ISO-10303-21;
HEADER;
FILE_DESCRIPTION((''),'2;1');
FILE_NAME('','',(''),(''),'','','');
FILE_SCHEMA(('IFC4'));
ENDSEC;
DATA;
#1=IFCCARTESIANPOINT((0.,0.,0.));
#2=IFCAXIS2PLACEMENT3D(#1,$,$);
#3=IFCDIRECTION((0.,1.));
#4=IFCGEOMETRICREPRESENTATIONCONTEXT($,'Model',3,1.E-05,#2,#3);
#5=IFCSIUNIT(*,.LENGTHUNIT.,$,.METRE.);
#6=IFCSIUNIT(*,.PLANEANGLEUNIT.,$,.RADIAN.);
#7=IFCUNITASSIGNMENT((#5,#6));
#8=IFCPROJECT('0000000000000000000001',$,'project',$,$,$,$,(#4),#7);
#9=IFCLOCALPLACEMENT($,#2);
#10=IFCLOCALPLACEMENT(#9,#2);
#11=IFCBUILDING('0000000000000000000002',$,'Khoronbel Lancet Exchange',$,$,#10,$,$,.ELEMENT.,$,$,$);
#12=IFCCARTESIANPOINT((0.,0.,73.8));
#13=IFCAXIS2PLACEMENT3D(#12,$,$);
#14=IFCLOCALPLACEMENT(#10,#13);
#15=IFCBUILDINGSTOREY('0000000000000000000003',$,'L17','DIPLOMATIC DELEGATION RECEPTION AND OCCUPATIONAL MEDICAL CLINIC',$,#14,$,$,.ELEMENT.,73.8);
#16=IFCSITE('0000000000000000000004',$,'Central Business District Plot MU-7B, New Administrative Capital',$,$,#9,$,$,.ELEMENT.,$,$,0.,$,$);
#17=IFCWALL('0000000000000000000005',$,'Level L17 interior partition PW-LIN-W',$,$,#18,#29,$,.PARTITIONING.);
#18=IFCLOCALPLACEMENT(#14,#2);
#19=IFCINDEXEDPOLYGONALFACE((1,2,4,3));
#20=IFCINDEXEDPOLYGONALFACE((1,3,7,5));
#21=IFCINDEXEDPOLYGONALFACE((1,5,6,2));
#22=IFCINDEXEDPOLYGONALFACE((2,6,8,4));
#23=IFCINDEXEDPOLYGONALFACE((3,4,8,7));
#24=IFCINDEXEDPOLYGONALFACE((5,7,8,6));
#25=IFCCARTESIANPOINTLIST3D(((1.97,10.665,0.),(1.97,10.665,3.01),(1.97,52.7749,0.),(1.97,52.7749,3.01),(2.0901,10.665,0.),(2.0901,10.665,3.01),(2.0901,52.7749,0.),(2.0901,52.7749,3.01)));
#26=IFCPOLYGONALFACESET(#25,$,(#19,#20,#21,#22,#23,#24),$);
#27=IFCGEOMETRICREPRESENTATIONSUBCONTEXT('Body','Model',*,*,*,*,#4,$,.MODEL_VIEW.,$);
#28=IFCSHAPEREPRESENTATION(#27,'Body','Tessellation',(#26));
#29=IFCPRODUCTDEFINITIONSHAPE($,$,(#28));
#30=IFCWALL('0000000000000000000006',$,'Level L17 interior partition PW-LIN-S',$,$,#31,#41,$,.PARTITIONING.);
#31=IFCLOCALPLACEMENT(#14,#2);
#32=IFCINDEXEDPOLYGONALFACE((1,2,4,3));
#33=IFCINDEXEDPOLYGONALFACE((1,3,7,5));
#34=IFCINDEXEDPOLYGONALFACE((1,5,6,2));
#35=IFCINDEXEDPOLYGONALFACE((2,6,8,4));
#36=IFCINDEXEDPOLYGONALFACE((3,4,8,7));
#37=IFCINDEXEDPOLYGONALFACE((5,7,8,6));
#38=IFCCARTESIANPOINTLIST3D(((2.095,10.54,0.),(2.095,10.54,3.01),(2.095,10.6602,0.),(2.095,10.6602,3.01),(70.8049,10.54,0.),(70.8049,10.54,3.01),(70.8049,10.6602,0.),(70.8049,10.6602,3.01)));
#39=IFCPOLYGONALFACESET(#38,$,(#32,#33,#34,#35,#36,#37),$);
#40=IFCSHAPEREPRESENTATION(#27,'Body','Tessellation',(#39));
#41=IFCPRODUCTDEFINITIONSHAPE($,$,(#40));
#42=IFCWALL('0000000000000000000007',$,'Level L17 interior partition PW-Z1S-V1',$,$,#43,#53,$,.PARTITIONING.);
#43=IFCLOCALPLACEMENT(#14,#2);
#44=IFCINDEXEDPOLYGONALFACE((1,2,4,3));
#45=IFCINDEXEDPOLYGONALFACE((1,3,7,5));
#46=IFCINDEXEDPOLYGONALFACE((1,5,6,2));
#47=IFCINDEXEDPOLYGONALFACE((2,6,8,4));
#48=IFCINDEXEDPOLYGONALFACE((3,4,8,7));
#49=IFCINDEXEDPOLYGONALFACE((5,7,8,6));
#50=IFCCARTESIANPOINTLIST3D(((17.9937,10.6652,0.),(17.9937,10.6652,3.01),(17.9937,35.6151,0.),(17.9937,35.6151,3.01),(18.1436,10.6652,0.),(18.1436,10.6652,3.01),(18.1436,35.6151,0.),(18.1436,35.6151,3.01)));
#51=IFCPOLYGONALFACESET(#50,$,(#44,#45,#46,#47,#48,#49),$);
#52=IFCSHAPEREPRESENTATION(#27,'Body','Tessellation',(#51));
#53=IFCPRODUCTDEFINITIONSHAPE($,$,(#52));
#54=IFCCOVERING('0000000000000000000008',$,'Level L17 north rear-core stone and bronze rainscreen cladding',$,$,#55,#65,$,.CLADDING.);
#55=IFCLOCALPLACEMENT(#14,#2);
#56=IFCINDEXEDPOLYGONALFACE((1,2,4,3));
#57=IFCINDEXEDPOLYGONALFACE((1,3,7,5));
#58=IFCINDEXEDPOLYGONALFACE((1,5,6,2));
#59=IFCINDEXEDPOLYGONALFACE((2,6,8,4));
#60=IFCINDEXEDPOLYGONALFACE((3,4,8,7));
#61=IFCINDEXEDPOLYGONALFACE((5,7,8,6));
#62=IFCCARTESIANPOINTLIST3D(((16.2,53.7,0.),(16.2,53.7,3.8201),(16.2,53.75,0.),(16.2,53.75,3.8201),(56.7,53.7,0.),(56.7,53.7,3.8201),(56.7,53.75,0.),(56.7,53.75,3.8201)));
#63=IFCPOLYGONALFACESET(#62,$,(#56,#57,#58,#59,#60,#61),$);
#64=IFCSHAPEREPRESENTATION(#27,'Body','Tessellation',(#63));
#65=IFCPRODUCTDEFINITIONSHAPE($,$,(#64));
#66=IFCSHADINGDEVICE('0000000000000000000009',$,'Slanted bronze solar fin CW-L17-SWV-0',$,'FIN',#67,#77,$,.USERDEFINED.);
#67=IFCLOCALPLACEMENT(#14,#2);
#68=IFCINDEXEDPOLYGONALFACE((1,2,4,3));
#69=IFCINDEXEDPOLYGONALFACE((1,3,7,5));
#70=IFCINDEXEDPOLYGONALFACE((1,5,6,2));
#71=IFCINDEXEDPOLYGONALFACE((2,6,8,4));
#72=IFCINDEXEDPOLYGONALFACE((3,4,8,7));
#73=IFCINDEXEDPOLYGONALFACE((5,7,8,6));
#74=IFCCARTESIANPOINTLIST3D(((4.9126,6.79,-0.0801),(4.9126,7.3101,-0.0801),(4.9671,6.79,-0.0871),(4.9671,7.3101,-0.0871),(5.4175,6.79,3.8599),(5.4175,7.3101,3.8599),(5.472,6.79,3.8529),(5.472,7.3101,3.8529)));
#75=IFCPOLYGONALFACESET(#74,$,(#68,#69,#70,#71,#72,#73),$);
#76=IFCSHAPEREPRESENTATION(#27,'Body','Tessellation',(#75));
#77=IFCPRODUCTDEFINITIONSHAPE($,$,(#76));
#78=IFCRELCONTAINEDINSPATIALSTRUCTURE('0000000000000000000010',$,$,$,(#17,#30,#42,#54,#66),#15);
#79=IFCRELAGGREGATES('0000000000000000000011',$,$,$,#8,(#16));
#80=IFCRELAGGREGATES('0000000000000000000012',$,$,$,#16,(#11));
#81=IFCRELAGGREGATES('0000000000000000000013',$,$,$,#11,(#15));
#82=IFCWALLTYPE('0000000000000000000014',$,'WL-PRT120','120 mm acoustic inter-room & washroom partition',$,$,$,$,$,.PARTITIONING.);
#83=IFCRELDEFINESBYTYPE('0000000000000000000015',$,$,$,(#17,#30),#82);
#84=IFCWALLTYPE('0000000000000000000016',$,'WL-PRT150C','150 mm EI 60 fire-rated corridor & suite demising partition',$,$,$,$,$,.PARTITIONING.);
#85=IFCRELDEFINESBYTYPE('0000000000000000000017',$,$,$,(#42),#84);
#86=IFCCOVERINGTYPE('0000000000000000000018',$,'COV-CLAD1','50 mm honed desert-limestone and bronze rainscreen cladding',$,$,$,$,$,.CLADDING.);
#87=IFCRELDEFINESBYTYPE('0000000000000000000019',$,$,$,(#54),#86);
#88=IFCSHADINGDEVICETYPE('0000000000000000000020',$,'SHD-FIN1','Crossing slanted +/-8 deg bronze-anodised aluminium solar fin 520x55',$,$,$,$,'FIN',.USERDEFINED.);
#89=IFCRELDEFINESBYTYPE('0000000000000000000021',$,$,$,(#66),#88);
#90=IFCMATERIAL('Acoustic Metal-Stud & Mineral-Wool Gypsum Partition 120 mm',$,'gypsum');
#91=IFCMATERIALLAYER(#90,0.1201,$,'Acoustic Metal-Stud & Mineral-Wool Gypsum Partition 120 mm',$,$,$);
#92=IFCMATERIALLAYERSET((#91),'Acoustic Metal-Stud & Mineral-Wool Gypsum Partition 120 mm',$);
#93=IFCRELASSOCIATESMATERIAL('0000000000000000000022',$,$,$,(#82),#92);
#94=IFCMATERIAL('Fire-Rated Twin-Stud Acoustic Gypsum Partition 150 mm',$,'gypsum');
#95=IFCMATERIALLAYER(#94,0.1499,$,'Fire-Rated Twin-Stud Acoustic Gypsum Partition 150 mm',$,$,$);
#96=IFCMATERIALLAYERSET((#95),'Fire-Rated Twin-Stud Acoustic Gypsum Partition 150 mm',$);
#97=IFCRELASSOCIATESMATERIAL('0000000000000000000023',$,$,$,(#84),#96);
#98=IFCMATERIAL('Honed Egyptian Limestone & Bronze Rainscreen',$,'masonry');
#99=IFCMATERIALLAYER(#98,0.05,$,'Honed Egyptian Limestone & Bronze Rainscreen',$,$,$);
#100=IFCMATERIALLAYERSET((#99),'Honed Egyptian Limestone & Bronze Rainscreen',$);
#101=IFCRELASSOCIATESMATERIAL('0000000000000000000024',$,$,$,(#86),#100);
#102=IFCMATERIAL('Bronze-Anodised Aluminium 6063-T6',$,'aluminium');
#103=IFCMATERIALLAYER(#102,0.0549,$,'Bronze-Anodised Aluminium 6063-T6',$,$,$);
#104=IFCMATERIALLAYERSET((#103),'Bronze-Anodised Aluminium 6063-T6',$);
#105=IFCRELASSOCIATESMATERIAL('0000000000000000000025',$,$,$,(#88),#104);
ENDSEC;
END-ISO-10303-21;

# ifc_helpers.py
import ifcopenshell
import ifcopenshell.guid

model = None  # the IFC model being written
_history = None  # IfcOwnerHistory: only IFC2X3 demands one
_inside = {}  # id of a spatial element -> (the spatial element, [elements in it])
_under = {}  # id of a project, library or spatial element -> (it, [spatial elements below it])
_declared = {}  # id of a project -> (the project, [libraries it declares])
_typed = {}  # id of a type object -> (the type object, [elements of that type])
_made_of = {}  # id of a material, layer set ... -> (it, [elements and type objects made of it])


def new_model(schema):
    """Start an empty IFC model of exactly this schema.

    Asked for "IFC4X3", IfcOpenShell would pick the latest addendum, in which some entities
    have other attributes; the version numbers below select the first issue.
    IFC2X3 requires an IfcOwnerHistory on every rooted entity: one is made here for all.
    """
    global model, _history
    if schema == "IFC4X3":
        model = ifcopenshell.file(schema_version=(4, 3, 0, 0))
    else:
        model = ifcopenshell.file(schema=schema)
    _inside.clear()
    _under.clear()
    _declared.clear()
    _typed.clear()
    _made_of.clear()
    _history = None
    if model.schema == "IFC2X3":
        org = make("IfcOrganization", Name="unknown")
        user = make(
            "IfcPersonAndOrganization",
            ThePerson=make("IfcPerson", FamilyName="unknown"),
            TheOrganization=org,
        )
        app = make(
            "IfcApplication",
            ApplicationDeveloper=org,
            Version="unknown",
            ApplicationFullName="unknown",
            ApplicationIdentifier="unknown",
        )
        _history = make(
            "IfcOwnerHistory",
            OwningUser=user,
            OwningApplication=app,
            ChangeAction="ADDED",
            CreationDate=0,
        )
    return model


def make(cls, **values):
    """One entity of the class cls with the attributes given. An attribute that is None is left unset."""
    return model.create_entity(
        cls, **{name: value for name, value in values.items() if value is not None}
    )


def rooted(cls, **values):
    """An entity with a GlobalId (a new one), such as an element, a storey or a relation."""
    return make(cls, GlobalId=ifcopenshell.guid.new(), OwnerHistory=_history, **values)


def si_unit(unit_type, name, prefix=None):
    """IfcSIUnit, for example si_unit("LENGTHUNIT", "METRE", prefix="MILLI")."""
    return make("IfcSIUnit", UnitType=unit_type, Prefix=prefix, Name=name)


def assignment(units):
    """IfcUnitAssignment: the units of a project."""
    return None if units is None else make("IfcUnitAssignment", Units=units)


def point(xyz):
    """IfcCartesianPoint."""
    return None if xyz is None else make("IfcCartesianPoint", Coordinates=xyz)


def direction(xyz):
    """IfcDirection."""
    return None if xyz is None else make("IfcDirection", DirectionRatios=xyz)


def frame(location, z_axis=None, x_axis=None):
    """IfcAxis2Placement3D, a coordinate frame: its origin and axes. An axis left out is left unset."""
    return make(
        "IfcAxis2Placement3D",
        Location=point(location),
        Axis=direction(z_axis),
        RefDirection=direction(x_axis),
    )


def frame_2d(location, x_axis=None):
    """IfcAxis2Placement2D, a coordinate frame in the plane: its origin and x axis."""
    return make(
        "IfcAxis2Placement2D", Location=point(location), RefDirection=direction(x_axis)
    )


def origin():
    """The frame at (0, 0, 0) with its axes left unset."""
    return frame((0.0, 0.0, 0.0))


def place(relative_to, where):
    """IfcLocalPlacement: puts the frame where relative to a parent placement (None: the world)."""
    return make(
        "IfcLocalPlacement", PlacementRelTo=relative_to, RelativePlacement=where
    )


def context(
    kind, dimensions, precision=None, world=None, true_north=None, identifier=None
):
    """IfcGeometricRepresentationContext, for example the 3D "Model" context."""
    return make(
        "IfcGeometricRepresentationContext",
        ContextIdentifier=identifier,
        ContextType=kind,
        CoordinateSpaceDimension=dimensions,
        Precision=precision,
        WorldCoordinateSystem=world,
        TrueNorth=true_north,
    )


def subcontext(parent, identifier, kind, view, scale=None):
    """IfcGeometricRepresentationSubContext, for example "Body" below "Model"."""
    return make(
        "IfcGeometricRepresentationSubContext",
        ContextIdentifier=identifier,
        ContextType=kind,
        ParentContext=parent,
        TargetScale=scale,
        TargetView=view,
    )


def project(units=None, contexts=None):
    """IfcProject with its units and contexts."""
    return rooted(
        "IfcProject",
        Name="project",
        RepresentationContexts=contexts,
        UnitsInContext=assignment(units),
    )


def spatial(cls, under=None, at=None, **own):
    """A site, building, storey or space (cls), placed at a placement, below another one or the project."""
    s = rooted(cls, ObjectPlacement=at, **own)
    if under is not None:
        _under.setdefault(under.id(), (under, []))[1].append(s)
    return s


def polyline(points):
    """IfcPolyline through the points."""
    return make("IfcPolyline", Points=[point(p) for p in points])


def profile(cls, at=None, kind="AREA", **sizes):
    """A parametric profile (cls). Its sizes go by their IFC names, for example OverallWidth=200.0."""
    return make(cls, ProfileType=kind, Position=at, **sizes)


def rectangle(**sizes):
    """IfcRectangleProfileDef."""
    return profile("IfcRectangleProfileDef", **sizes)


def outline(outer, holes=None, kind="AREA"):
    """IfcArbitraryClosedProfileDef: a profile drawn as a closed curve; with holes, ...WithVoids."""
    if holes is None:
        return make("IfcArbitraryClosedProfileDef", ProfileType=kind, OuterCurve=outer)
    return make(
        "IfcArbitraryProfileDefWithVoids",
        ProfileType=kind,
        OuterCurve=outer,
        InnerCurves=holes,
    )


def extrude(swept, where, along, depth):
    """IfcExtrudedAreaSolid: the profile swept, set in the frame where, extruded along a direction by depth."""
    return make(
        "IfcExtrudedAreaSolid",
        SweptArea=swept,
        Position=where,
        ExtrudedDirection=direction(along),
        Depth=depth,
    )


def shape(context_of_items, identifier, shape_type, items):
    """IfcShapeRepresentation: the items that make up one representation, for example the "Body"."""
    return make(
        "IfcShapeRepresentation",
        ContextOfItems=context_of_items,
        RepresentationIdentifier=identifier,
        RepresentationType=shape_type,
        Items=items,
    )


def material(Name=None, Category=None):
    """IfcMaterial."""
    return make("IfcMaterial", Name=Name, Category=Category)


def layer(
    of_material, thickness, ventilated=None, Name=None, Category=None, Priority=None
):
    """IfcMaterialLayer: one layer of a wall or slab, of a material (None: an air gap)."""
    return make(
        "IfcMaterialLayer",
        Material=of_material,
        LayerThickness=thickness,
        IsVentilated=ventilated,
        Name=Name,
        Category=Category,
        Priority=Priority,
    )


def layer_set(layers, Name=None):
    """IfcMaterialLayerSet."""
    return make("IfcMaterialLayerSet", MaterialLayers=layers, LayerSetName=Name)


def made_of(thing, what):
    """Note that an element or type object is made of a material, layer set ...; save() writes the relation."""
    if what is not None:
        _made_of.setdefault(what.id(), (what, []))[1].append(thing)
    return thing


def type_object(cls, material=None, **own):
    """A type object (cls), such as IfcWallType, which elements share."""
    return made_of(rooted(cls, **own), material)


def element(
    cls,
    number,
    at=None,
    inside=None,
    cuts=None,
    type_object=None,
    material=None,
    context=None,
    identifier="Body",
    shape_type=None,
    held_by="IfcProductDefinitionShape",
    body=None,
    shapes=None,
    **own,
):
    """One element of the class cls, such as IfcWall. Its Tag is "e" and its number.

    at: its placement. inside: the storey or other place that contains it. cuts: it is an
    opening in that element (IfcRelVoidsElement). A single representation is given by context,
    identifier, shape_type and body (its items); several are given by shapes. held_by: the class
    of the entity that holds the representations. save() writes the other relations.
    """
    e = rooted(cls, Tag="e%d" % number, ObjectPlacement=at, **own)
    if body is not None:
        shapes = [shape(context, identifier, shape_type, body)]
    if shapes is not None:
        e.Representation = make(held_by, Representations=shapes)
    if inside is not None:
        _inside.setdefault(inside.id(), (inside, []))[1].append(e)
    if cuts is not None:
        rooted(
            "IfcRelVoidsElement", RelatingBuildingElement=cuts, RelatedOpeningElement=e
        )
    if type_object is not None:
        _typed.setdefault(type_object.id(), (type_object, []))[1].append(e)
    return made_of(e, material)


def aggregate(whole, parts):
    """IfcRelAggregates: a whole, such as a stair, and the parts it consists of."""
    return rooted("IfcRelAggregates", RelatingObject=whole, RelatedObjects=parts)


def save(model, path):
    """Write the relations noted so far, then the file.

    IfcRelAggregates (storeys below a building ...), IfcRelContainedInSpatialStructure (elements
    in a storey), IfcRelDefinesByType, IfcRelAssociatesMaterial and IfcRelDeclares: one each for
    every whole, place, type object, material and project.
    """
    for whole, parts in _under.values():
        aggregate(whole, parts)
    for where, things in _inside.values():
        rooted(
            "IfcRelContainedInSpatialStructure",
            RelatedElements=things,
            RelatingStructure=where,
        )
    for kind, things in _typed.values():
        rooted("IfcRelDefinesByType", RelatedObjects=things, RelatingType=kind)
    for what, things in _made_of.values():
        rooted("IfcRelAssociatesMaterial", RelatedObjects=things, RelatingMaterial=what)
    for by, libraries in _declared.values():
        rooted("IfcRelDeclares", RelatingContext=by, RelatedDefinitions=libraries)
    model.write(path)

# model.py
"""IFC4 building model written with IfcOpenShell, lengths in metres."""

from ifc_helpers import new_model, si_unit, direction, frame, frame_2d, origin, place, context, subcontext, project, spatial, polyline, rectangle, outline, extrude, material, layer, layer_set, type_object, element, save


model = new_model("IFC4")

# Units and contexts
model_context = context("Model", 3, precision=1e-05, world=origin(), true_north=direction((0.0, 1.0)))
body_context = subcontext(model_context, "Body", "Model", "MODEL_VIEW")
ifc_project = project(units=[si_unit("LENGTHUNIT", "METRE"), si_unit("PLANEANGLEUNIT", "RADIAN")], contexts=[model_context])

# Site, building, storey
site_placement = place(None, origin())
site = spatial("IfcSite", under=ifc_project, at=site_placement, Name="Central Business District Plot MU-7B, New Administrative Capital", CompositionType="ELEMENT", RefElevation=0.0)
building_placement = place(site_placement, origin())
building = spatial("IfcBuilding", under=site, at=building_placement, Name="Khoronbel Lancet Exchange", CompositionType="ELEMENT")
storey_placement = place(building_placement, frame((0.0, 0.0, 73.8)))
storey = spatial("IfcBuildingStorey", under=building, at=storey_placement, Name="L17", Description="DIPLOMATIC DELEGATION RECEPTION AND OCCUPATIONAL MEDICAL CLINIC", CompositionType="ELEMENT", Elevation=73.8)

# Shared definitions
ifc_material_1 = material(Name="Bronze-Anodised Aluminium 6063-T6", Category="aluminium")

# Walls
ifc_material_2 = material(Name="Acoustic Metal-Stud & Mineral-Wool Gypsum Partition 120 mm", Category="gypsum")
ifc_layer_1 = layer(ifc_material_2, 0.1201, Name="Acoustic Metal-Stud & Mineral-Wool Gypsum Partition 120 mm")
ifc_layer_set_1 = layer_set([ifc_layer_1], Name="Acoustic Metal-Stud & Mineral-Wool Gypsum Partition 120 mm")
wall_type_1 = type_object("IfcWallType", Name="WL-PRT120", Description="120 mm acoustic inter-room & washroom partition", PredefinedType="PARTITIONING", material=ifc_layer_set_1)
wall_1_placement = place(storey_placement, frame((2.03, 10.665, 0.0), z_axis=(0.0, 0.0, 1.0), x_axis=(0.0, 1.0, 0.0)))
element("IfcWall", 1, at=wall_1_placement, inside=storey, type_object=wall_type_1, Name="Level L17 interior partition PW-LIN-W", PredefinedType="PARTITIONING", context=body_context, shape_type="SweptSolid", body=[
    extrude(rectangle(XDim=42.1099, YDim=0.1201, at=frame_2d((21.0549, 0.0))), origin(), (0.0, 0.0, 1.0), 3.01),
])
wall_2_placement = place(storey_placement, frame((2.095, 10.6001, 0.0), z_axis=(0.0, 0.0, 1.0), x_axis=(1.0, 0.0, 0.0)))
element("IfcWall", 2, at=wall_2_placement, inside=storey, type_object=wall_type_1, Name="Level L17 interior partition PW-LIN-S", PredefinedType="PARTITIONING", context=body_context, shape_type="SweptSolid", body=[
    extrude(rectangle(XDim=68.71, YDim=0.1201, at=frame_2d((34.355, 0.0))), origin(), (0.0, 0.0, 1.0), 3.01),
])
ifc_material_3 = material(Name="Fire-Rated Twin-Stud Acoustic Gypsum Partition 150 mm", Category="gypsum")
ifc_layer_2 = layer(ifc_material_3, 0.1499, Name="Fire-Rated Twin-Stud Acoustic Gypsum Partition 150 mm")
ifc_layer_set_2 = layer_set([ifc_layer_2], Name="Fire-Rated Twin-Stud Acoustic Gypsum Partition 150 mm")
wall_type_2 = type_object("IfcWallType", Name="WL-PRT150C", Description="150 mm EI 60 fire-rated corridor & suite demising partition", PredefinedType="PARTITIONING", material=ifc_layer_set_2)
wall_3_placement = place(storey_placement, frame((18.0686, 10.665, 0.0), z_axis=(0.0, 0.0, 1.0), x_axis=(0.0, 1.0, 0.0)))
element("IfcWall", 3, at=wall_3_placement, inside=storey, type_object=wall_type_2, Name="Level L17 interior partition PW-Z1S-V1", PredefinedType="PARTITIONING", context=body_context, shape_type="SweptSolid", body=[
    extrude(rectangle(XDim=24.95, YDim=0.1499, at=frame_2d((12.4751, 0.0))), origin(), (0.0, 0.0, 1.0), 3.01),
])

# Covering
ifc_material_4 = material(Name="Honed Egyptian Limestone & Bronze Rainscreen", Category="masonry")
ifc_layer_3 = layer(ifc_material_4, 0.05, Name="Honed Egyptian Limestone & Bronze Rainscreen")
ifc_layer_set_3 = layer_set([ifc_layer_3], Name="Honed Egyptian Limestone & Bronze Rainscreen")
covering_type = type_object("IfcCoveringType", Name="COV-CLAD1", Description="50 mm honed desert-limestone and bronze rainscreen cladding", PredefinedType="CLADDING", material=ifc_layer_set_3)
covering_placement = place(storey_placement, origin())
element("IfcCovering", 4, at=covering_placement, inside=storey, type_object=covering_type, Name="Level L17 north rear-core stone and bronze rainscreen cladding", PredefinedType="CLADDING", context=body_context, shape_type="SweptSolid", body=[
    extrude(outline(polyline([(16.2, 53.7), (56.7, 53.7), (56.7, 53.75), (16.2, 53.75), (16.2, 53.7)])), origin(), (0.0, 0.0, 1.0), 3.8201),
])

# Shading device
ifc_layer_4 = layer(ifc_material_1, 0.0549, Name="Bronze-Anodised Aluminium 6063-T6")
ifc_layer_set_4 = layer_set([ifc_layer_4], Name="Bronze-Anodised Aluminium 6063-T6")
shading_device_type = type_object("IfcShadingDeviceType", Name="SHD-FIN1", Description="Crossing slanted +/-8 deg bronze-anodised aluminium solar fin 520x55", ElementType="FIN", PredefinedType="USERDEFINED", material=ifc_layer_set_4)
shading_device_placement = place(storey_placement, frame((4.9126, 7.3101, -0.0801), z_axis=(-0.991889, 0.0, 0.127105), x_axis=(0.0, -1.0, 0.0)))
element("IfcShadingDevice", 5, at=shading_device_placement, inside=storey, type_object=shading_device_type, Name="Slanted bronze solar fin CW-L17-SWV-0", ObjectType="FIN", PredefinedType="USERDEFINED", context=body_context, shape_type="SweptSolid", body=[
    extrude(outline(polyline([(0.0, 0.0), (0.52, 0.0), (0.52, 3.9722), (0.0, 3.9722), (0.0, 0.0)])), origin(), (0.0, 0.0, -1.0), 0.0549),
])

save(model, "model.ifc")
